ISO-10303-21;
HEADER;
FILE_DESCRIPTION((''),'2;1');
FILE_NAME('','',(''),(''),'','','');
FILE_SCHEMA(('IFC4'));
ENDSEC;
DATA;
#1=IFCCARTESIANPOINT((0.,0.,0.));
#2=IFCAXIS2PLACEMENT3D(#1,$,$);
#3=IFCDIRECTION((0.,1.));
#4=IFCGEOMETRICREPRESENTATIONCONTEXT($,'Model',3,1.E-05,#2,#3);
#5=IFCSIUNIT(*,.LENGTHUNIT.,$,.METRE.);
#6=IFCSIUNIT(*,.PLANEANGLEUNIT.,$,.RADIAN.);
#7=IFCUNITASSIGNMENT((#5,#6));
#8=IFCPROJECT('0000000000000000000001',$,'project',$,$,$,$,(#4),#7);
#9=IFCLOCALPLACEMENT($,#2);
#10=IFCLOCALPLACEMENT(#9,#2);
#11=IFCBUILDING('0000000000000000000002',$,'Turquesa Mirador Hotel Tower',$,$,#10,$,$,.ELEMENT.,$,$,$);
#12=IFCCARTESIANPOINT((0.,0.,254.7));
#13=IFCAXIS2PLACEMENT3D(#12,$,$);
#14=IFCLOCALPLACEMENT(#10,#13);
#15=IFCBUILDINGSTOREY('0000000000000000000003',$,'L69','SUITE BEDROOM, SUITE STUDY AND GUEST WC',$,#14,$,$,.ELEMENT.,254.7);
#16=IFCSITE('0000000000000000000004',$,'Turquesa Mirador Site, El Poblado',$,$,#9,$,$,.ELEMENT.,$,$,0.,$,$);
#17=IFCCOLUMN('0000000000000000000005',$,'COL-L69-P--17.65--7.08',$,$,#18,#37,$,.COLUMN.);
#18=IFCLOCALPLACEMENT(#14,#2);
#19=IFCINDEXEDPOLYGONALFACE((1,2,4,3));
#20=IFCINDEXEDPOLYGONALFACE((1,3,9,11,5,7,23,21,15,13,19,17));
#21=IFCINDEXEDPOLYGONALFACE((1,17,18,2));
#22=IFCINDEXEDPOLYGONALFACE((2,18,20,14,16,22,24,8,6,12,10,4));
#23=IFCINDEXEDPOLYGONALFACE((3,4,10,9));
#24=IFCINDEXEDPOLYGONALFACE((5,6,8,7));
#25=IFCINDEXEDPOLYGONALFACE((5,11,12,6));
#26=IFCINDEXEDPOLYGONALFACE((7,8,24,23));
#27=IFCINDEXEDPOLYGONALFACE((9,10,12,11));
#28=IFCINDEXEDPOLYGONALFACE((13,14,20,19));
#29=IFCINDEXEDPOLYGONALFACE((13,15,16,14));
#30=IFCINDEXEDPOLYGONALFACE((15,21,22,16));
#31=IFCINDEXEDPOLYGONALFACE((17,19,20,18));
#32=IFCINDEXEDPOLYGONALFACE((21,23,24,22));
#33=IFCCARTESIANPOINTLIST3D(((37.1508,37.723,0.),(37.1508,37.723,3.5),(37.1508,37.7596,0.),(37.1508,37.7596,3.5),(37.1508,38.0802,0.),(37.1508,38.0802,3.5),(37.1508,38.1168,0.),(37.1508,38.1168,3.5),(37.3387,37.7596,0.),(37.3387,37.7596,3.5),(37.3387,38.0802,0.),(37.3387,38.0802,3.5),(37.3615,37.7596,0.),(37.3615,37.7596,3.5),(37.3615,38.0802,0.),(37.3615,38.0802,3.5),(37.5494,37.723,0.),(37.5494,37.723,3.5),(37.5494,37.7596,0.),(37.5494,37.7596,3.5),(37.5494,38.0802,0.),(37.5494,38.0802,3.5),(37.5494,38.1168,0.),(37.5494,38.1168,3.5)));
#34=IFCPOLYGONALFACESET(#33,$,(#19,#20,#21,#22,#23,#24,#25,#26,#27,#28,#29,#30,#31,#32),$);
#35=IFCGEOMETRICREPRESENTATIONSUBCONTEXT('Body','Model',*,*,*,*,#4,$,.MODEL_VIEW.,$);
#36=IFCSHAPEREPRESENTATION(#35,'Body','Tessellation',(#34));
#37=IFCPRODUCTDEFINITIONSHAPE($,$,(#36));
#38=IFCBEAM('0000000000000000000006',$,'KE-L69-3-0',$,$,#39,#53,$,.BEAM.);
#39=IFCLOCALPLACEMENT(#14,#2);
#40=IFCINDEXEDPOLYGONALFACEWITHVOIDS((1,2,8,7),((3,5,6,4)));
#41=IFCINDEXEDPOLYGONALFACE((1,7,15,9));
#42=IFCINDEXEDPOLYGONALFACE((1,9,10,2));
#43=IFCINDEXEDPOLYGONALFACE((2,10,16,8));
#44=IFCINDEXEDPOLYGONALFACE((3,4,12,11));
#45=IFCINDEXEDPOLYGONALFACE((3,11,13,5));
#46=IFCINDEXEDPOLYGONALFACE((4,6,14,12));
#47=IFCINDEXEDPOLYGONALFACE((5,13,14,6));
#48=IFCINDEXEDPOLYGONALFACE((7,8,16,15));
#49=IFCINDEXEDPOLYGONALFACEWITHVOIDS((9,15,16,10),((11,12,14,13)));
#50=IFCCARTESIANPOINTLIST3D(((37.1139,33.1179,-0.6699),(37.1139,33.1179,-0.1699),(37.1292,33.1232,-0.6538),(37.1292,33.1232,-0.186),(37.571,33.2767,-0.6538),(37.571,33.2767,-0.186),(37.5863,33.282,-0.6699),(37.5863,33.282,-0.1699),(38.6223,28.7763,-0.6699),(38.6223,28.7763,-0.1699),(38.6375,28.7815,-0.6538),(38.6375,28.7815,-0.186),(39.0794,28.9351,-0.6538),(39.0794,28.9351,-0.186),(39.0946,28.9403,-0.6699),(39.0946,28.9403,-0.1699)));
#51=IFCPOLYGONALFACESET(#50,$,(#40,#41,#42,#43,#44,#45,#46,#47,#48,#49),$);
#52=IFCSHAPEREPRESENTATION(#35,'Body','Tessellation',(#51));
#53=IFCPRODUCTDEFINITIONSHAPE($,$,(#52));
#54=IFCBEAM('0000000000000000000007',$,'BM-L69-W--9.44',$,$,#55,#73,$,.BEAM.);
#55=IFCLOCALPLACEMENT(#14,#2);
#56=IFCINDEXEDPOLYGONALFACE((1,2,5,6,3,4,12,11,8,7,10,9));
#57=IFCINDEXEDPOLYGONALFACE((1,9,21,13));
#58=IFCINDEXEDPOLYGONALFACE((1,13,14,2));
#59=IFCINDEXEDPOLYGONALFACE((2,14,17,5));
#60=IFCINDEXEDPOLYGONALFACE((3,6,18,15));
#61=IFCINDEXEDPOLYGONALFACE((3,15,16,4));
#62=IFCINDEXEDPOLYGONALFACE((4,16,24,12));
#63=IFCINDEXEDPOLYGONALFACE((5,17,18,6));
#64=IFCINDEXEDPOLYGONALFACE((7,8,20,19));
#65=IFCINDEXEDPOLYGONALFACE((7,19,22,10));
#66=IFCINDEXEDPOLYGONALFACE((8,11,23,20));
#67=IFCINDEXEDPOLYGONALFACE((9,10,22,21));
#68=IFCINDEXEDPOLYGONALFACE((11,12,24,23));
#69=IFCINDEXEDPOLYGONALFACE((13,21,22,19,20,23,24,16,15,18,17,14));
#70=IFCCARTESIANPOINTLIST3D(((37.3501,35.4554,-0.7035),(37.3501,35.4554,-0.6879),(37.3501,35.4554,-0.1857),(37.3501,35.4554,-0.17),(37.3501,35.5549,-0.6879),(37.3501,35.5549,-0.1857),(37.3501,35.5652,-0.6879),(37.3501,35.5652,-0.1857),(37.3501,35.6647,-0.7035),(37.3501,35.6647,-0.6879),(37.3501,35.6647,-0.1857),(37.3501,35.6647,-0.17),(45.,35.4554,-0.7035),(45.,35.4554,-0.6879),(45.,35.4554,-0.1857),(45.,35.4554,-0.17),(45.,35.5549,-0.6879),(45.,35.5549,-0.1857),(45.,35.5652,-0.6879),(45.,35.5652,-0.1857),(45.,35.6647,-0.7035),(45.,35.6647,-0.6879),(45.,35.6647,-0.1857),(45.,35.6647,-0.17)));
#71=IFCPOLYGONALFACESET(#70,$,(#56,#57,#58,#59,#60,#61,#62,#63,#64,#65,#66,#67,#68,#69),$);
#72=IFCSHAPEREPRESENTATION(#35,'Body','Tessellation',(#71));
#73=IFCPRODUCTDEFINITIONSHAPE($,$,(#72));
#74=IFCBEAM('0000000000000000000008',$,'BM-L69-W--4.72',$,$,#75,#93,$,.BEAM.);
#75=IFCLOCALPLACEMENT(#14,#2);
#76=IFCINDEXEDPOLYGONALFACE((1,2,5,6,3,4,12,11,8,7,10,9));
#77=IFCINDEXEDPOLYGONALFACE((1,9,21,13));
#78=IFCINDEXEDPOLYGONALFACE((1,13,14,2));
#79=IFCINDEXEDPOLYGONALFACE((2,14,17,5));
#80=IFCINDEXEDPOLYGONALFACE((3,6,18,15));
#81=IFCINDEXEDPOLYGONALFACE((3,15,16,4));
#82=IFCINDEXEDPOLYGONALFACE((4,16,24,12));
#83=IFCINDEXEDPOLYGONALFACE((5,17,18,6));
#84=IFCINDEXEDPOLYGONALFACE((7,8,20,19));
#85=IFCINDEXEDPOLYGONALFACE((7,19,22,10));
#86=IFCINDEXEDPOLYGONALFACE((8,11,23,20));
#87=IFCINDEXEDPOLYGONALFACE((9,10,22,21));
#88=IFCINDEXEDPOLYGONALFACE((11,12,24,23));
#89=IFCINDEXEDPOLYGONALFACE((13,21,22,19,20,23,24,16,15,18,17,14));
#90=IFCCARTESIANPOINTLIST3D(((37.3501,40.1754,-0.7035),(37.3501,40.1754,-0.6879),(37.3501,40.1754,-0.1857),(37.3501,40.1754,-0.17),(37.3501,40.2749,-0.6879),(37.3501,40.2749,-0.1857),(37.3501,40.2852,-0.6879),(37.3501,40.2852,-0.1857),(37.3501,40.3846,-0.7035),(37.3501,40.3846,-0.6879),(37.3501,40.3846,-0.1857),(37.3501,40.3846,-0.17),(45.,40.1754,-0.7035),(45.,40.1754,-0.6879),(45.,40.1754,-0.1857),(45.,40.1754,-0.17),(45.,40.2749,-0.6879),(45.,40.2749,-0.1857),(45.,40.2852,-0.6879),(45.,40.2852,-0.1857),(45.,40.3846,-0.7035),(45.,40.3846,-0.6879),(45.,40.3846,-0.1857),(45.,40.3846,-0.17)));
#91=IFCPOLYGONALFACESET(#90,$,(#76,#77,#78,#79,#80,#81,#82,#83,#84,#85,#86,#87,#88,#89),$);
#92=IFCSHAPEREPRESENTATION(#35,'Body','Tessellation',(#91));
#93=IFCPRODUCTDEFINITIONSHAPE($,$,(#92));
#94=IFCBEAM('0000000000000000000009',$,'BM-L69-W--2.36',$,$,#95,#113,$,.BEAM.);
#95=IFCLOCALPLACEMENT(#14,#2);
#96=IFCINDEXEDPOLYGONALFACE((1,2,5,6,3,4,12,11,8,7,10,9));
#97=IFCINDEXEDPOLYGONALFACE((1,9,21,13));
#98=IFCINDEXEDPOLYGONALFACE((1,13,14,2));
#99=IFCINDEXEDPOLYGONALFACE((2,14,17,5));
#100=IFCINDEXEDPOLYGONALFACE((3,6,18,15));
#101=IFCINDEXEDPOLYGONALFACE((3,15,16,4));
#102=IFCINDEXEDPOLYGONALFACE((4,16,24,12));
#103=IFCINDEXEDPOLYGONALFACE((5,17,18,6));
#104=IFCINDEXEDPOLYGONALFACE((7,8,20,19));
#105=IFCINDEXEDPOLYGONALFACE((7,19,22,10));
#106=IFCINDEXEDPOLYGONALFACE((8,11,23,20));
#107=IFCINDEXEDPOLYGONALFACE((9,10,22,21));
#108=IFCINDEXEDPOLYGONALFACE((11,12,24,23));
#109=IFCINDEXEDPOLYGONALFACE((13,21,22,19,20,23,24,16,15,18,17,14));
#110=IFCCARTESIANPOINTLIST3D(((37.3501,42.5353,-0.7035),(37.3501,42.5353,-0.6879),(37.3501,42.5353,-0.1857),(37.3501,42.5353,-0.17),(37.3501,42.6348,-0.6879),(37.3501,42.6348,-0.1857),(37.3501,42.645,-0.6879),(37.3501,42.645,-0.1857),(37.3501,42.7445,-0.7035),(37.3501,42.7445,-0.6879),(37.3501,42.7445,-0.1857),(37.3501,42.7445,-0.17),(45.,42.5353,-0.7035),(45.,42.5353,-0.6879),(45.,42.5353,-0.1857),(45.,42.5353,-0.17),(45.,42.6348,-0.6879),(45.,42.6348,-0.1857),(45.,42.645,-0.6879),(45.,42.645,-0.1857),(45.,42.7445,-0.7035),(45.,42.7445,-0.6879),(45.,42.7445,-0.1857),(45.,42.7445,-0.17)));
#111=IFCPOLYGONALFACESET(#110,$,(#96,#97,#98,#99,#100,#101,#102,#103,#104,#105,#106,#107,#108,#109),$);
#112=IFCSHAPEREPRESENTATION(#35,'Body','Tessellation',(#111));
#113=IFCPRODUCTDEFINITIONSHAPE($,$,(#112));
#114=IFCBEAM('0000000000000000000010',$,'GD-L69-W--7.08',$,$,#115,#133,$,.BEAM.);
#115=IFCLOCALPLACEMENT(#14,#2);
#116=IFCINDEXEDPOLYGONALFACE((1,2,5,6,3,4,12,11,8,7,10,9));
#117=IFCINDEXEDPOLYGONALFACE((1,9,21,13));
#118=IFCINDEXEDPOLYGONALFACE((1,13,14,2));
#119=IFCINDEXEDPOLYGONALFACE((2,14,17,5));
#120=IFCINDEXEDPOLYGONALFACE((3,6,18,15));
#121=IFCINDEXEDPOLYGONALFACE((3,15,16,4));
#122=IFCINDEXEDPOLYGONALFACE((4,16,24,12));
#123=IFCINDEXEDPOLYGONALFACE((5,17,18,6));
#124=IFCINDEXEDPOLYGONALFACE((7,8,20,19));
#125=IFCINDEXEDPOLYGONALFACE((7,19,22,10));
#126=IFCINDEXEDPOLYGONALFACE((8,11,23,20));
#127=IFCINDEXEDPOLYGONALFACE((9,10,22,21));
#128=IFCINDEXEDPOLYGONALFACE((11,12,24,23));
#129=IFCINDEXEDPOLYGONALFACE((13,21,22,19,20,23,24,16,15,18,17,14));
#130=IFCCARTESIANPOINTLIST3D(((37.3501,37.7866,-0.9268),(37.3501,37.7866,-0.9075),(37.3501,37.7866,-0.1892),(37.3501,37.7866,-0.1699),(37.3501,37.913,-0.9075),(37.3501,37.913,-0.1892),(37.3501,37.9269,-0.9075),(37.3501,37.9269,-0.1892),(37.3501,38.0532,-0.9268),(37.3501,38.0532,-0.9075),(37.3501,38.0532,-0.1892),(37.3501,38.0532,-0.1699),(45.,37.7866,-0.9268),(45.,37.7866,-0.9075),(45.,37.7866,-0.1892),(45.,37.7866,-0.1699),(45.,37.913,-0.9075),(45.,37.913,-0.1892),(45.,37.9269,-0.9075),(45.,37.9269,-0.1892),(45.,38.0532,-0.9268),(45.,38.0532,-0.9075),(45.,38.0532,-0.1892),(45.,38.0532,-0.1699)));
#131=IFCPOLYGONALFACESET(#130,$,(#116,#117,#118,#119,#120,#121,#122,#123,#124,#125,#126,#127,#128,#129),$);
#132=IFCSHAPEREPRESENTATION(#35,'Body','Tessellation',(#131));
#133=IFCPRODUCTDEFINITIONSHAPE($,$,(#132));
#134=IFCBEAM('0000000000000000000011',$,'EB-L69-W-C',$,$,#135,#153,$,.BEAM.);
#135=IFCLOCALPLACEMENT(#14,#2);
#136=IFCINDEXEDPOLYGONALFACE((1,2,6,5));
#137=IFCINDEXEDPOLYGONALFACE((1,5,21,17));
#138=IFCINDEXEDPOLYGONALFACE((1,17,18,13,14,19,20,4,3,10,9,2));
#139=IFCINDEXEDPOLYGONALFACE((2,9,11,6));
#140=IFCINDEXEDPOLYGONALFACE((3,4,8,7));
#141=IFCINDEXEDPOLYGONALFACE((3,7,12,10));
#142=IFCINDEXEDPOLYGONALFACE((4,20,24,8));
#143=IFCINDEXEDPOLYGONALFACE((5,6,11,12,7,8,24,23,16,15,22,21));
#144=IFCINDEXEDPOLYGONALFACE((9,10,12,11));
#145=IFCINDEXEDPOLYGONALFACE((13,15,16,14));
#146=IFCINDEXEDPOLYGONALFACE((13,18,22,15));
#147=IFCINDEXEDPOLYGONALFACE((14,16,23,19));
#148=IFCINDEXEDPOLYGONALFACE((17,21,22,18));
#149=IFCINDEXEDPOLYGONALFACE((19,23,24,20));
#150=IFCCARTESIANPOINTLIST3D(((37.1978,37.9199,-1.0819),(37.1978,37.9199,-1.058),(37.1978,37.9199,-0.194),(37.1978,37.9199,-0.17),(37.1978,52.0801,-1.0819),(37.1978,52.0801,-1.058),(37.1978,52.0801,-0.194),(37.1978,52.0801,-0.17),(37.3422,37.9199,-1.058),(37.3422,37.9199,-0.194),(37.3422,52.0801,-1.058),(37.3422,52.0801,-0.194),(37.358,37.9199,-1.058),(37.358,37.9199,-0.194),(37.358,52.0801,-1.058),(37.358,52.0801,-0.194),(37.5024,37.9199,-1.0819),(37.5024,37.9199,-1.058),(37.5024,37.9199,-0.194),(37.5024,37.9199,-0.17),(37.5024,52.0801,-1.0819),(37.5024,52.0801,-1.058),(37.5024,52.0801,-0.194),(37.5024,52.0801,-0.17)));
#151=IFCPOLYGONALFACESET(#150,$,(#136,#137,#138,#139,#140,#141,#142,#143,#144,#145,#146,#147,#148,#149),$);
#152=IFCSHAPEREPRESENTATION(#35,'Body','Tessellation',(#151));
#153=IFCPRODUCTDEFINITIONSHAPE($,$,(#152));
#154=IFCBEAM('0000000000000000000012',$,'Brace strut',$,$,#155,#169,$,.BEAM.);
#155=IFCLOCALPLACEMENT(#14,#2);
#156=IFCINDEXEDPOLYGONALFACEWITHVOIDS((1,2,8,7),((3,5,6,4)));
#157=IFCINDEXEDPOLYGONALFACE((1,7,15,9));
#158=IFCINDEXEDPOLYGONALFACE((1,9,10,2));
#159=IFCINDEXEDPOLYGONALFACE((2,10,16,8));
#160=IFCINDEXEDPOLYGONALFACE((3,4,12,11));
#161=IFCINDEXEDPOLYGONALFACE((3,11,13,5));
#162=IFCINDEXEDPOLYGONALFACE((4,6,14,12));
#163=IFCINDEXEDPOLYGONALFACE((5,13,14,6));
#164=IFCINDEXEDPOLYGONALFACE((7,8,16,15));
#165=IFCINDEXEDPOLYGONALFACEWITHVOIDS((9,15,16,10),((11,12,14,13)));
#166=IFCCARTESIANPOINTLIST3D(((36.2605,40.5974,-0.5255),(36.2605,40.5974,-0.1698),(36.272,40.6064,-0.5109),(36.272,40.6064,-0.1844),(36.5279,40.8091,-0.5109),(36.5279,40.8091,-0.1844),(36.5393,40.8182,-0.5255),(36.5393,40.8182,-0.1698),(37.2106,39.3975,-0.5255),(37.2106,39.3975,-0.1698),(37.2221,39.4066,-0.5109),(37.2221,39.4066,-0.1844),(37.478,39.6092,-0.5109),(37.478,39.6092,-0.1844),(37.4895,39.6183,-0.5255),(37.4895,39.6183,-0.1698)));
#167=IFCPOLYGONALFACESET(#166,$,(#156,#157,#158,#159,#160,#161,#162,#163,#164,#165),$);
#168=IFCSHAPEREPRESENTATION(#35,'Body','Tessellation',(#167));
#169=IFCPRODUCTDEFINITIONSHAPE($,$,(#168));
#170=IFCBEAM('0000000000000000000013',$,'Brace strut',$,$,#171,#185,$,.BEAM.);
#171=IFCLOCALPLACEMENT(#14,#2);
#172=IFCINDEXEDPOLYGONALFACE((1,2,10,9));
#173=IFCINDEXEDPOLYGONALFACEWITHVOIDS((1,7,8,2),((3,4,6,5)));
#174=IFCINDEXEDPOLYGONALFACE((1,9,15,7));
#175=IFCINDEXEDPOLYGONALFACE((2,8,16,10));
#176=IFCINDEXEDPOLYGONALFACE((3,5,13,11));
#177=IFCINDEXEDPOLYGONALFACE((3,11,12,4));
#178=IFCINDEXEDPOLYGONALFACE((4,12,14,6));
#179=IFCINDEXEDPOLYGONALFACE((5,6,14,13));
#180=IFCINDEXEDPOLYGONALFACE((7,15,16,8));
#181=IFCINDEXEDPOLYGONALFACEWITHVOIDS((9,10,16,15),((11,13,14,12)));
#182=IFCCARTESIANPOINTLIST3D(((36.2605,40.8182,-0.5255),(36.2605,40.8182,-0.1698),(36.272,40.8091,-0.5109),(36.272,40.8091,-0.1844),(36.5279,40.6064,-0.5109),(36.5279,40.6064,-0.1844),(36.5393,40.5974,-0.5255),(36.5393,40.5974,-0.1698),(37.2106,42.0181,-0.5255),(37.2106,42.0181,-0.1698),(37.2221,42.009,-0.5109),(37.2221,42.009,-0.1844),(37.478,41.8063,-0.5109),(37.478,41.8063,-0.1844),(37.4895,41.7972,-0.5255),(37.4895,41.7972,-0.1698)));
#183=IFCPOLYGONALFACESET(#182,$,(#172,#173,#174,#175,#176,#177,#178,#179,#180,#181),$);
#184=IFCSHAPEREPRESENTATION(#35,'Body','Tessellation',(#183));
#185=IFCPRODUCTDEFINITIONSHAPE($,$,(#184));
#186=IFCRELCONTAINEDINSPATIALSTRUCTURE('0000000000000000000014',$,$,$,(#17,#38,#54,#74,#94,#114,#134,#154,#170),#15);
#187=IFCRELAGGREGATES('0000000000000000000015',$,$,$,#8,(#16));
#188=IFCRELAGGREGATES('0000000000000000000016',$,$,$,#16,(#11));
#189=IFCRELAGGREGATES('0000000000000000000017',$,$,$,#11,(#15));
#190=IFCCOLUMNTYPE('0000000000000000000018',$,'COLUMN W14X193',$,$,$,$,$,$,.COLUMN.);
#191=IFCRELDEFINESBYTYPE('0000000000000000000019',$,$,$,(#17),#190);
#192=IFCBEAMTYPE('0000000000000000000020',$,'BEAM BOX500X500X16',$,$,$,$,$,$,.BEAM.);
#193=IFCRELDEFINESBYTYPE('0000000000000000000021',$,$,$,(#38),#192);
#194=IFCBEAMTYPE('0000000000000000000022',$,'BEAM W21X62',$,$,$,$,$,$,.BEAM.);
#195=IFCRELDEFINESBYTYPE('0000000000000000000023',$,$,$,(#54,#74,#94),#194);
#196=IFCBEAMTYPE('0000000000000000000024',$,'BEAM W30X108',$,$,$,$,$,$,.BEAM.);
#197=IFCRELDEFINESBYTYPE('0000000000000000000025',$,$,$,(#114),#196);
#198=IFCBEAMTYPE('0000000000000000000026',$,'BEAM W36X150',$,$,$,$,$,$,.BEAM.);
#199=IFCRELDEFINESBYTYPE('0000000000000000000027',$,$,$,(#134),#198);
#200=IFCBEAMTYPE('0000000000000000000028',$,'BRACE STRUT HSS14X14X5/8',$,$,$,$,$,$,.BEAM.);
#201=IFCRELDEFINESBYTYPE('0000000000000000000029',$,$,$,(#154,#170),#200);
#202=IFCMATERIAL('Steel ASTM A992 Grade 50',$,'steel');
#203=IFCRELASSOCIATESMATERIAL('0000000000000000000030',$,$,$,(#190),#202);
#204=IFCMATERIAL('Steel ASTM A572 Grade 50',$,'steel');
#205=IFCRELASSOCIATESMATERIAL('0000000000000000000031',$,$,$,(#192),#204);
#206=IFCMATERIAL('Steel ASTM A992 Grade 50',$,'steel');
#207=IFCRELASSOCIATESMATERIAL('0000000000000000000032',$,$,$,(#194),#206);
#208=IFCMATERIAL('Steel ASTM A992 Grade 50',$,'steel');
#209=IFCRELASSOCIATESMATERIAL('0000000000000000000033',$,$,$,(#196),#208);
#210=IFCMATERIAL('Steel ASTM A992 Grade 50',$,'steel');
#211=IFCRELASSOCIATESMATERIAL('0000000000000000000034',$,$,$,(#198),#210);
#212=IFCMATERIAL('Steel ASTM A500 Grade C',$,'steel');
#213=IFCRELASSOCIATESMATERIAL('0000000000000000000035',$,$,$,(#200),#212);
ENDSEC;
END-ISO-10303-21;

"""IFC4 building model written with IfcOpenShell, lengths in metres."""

from ifc_helpers import new_model, si_unit, direction, frame, origin, origin_2d, place, context, subcontext, project, spatial, hollow_rectangle, i_section, extrude, material, material_profile, profile_set, type_object, element, save


model = new_model("IFC4")

# Units and contexts
model_context = context("Model", 3, precision=1e-05, world=origin(), true_north=direction((0.0, 1.0)))
body_context = subcontext(model_context, "Body", "Model", "MODEL_VIEW")
ifc_project = project(units=[si_unit("LENGTHUNIT", "METRE"), si_unit("PLANEANGLEUNIT", "RADIAN")], contexts=[model_context])

# Site, building, storey
site_placement = place(None, origin())
site = spatial("IfcSite", under=ifc_project, at=site_placement, Name="Turquesa Mirador Site, El Poblado", CompositionType="ELEMENT", RefElevation=0.0)
building_placement = place(site_placement, origin())
building = spatial("IfcBuilding", under=site, at=building_placement, Name="Turquesa Mirador Hotel Tower", CompositionType="ELEMENT")
storey_placement = place(building_placement, frame((0.0, 0.0, 254.7)))
storey = spatial("IfcBuildingStorey", under=building, at=storey_placement, Name="L69", Description="SUITE BEDROOM, SUITE STUDY AND GUEST WC", CompositionType="ELEMENT", Elevation=254.7)

# Column
ifc_material_1 = material(Name="Steel ASTM A992 Grade 50", Category="steel")
ifc_material_profile_1 = material_profile(ifc_material_1, i_section(OverallWidth=0.3987, OverallDepth=0.3938, WebThickness=0.0227, FlangeThickness=0.0366, at=origin_2d()), Name="W14X193")
ifc_profile_set_1 = profile_set([ifc_material_profile_1], Name="Steel ASTM A992 Grade 50")
column_type = type_object("IfcColumnType", Name="COLUMN W14X193", PredefinedType="COLUMN", material=ifc_profile_set_1)
column_placement = place(storey_placement, frame((37.3501, 37.9199, 0.0), z_axis=(0.0, 0.0, 1.0), x_axis=(1.0, 0.0, 0.0)))
element("IfcColumn", 1, at=column_placement, inside=storey, type_object=column_type, Name="COL-L69-P--17.65--7.08", PredefinedType="COLUMN", context=body_context, shape_type="SweptSolid", body=[
    extrude(i_section(OverallWidth=0.3987, OverallDepth=0.3938, WebThickness=0.0227, FlangeThickness=0.0366, at=origin_2d()), origin(), (0.0, 0.0, 1.0), 3.5),
])

# Beams
ifc_material_2 = material(Name="Steel ASTM A572 Grade 50", Category="steel")
ifc_material_profile_2 = material_profile(ifc_material_2, hollow_rectangle(XDim=0.5, YDim=0.5, WallThickness=0.0161, at=origin_2d()), Name="BOX500X500X16")
ifc_profile_set_2 = profile_set([ifc_material_profile_2], Name="Steel ASTM A572 Grade 50")
beam_type_1 = type_object("IfcBeamType", Name="BEAM BOX500X500X16", PredefinedType="BEAM", material=ifc_profile_set_2)
beam_1_placement = place(storey_placement, frame((37.3501, 33.2, -0.4199), z_axis=(0.32817, -0.944619, 0.0), x_axis=(0.944619, 0.32817, 0.0)))
element("IfcBeam", 2, at=beam_1_placement, inside=storey, type_object=beam_type_1, Name="KE-L69-3-0", PredefinedType="BEAM", context=body_context, shape_type="SweptSolid", body=[
    extrude(hollow_rectangle(XDim=0.5, YDim=0.5, WallThickness=0.0161, at=origin_2d()), origin(), (0.0, 0.0, 1.0), 4.5962),
])
ifc_material_3 = material(Name="Steel ASTM A992 Grade 50", Category="steel")
ifc_material_profile_3 = material_profile(ifc_material_3, i_section(OverallWidth=0.2092, OverallDepth=0.5334, WebThickness=0.0103, FlangeThickness=0.0156, at=origin_2d()), Name="W21X62")
ifc_profile_set_3 = profile_set([ifc_material_profile_3], Name="Steel ASTM A992 Grade 50")
beam_type_2 = type_object("IfcBeamType", Name="BEAM W21X62", PredefinedType="BEAM", material=ifc_profile_set_3)
for number, where, z_axis, x_axis, name in (
    (3, (37.3501, 35.5601, -0.4368), (1.0, 0.0, 0.0), (0.0, 1.0, 0.0), "BM-L69-W--9.44"),
    (4, (37.3501, 40.28, -0.4368), (1.0, 0.0, 0.0), (0.0, 1.0, 0.0), "BM-L69-W--4.72"),
    (5, (37.3501, 42.6399, -0.4368), (1.0, 0.0, 0.0), (0.0, 1.0, 0.0), "BM-L69-W--2.36"),
):
    element("IfcBeam", number, at=place(storey_placement, frame(where, z_axis=z_axis, x_axis=x_axis)), inside=storey, type_object=beam_type_2, Name=name, PredefinedType="BEAM", context=body_context, shape_type="SweptSolid", body=[
        extrude(i_section(OverallWidth=0.2092, OverallDepth=0.5334, WebThickness=0.0103, FlangeThickness=0.0156, at=origin_2d()), origin(), (0.0, 0.0, 1.0), 7.6499),
    ])
ifc_material_4 = material(Name="Steel ASTM A992 Grade 50", Category="steel")
ifc_material_profile_4 = material_profile(ifc_material_4, i_section(OverallWidth=0.2666, OverallDepth=0.7568, WebThickness=0.0139, FlangeThickness=0.0193, at=origin_2d()), Name="W30X108")
ifc_profile_set_4 = profile_set([ifc_material_profile_4], Name="Steel ASTM A992 Grade 50")
beam_type_3 = type_object("IfcBeamType", Name="BEAM W30X108", PredefinedType="BEAM", material=ifc_profile_set_4)
beam_2_placement = place(storey_placement, frame((37.3501, 37.9199, -0.5483), z_axis=(1.0, 0.0, 0.0), x_axis=(0.0, 1.0, 0.0)))
element("IfcBeam", 6, at=beam_2_placement, inside=storey, type_object=beam_type_3, Name="GD-L69-W--7.08", PredefinedType="BEAM", context=body_context, shape_type="SweptSolid", body=[
    extrude(i_section(OverallWidth=0.2666, OverallDepth=0.7568, WebThickness=0.0139, FlangeThickness=0.0193, at=origin_2d()), origin(), (0.0, 0.0, 1.0), 7.6499),
])
ifc_material_5 = material(Name="Steel ASTM A992 Grade 50", Category="steel")
ifc_material_profile_5 = material_profile(ifc_material_5, i_section(OverallWidth=0.3047, OverallDepth=0.9119, WebThickness=0.0159, FlangeThickness=0.0239, at=origin_2d()), Name="W36X150")
ifc_profile_set_5 = profile_set([ifc_material_profile_5], Name="Steel ASTM A992 Grade 50")
beam_type_4 = type_object("IfcBeamType", Name="BEAM W36X150", PredefinedType="BEAM", material=ifc_profile_set_5)
beam_3_placement = place(storey_placement, frame((37.3501, 37.9199, -0.626), z_axis=(0.0, 1.0, 0.0), x_axis=(-1.0, 0.0, 0.0)))
element("IfcBeam", 7, at=beam_3_placement, inside=storey, type_object=beam_type_4, Name="EB-L69-W-C", PredefinedType="BEAM", context=body_context, shape_type="SweptSolid", body=[
    extrude(i_section(OverallWidth=0.3047, OverallDepth=0.9119, WebThickness=0.0159, FlangeThickness=0.0239, at=origin_2d()), origin(), (0.0, 0.0, 1.0), 14.1602),
])
ifc_material_6 = material(Name="Steel ASTM A500 Grade C", Category="steel")
ifc_material_profile_6 = material_profile(ifc_material_6, hollow_rectangle(XDim=0.3557, YDim=0.3557, WallThickness=0.0146, at=origin_2d()), Name="HSS14X14X5/8")
ifc_profile_set_6 = profile_set([ifc_material_profile_6], Name="Steel ASTM A500 Grade C")
beam_type_5 = type_object("IfcBeamType", Name="BRACE STRUT HSS14X14X5/8", PredefinedType="BEAM", material=ifc_profile_set_6)
for number, where, z_axis, x_axis, name in (
    (8, (36.3999, 40.7078, -0.3477), (0.620797, -0.783971, 0.0), (0.783971, 0.620797, 0.0), "Brace strut"),
    (9, (36.3999, 40.7078, -0.3477), (0.620797, 0.783971, 0.0), (-0.783971, 0.620797, 0.0), "Brace strut"),
):
    element("IfcBeam", number, at=place(storey_placement, frame(where, z_axis=z_axis, x_axis=x_axis)), inside=storey, type_object=beam_type_5, Name=name, PredefinedType="BEAM", context=body_context, shape_type="SweptSolid", body=[
        extrude(hollow_rectangle(XDim=0.3557, YDim=0.3557, WallThickness=0.0146, at=origin_2d()), origin(), (0.0, 0.0, 1.0), 1.5305),
    ])

save(model, "model.ifc")
